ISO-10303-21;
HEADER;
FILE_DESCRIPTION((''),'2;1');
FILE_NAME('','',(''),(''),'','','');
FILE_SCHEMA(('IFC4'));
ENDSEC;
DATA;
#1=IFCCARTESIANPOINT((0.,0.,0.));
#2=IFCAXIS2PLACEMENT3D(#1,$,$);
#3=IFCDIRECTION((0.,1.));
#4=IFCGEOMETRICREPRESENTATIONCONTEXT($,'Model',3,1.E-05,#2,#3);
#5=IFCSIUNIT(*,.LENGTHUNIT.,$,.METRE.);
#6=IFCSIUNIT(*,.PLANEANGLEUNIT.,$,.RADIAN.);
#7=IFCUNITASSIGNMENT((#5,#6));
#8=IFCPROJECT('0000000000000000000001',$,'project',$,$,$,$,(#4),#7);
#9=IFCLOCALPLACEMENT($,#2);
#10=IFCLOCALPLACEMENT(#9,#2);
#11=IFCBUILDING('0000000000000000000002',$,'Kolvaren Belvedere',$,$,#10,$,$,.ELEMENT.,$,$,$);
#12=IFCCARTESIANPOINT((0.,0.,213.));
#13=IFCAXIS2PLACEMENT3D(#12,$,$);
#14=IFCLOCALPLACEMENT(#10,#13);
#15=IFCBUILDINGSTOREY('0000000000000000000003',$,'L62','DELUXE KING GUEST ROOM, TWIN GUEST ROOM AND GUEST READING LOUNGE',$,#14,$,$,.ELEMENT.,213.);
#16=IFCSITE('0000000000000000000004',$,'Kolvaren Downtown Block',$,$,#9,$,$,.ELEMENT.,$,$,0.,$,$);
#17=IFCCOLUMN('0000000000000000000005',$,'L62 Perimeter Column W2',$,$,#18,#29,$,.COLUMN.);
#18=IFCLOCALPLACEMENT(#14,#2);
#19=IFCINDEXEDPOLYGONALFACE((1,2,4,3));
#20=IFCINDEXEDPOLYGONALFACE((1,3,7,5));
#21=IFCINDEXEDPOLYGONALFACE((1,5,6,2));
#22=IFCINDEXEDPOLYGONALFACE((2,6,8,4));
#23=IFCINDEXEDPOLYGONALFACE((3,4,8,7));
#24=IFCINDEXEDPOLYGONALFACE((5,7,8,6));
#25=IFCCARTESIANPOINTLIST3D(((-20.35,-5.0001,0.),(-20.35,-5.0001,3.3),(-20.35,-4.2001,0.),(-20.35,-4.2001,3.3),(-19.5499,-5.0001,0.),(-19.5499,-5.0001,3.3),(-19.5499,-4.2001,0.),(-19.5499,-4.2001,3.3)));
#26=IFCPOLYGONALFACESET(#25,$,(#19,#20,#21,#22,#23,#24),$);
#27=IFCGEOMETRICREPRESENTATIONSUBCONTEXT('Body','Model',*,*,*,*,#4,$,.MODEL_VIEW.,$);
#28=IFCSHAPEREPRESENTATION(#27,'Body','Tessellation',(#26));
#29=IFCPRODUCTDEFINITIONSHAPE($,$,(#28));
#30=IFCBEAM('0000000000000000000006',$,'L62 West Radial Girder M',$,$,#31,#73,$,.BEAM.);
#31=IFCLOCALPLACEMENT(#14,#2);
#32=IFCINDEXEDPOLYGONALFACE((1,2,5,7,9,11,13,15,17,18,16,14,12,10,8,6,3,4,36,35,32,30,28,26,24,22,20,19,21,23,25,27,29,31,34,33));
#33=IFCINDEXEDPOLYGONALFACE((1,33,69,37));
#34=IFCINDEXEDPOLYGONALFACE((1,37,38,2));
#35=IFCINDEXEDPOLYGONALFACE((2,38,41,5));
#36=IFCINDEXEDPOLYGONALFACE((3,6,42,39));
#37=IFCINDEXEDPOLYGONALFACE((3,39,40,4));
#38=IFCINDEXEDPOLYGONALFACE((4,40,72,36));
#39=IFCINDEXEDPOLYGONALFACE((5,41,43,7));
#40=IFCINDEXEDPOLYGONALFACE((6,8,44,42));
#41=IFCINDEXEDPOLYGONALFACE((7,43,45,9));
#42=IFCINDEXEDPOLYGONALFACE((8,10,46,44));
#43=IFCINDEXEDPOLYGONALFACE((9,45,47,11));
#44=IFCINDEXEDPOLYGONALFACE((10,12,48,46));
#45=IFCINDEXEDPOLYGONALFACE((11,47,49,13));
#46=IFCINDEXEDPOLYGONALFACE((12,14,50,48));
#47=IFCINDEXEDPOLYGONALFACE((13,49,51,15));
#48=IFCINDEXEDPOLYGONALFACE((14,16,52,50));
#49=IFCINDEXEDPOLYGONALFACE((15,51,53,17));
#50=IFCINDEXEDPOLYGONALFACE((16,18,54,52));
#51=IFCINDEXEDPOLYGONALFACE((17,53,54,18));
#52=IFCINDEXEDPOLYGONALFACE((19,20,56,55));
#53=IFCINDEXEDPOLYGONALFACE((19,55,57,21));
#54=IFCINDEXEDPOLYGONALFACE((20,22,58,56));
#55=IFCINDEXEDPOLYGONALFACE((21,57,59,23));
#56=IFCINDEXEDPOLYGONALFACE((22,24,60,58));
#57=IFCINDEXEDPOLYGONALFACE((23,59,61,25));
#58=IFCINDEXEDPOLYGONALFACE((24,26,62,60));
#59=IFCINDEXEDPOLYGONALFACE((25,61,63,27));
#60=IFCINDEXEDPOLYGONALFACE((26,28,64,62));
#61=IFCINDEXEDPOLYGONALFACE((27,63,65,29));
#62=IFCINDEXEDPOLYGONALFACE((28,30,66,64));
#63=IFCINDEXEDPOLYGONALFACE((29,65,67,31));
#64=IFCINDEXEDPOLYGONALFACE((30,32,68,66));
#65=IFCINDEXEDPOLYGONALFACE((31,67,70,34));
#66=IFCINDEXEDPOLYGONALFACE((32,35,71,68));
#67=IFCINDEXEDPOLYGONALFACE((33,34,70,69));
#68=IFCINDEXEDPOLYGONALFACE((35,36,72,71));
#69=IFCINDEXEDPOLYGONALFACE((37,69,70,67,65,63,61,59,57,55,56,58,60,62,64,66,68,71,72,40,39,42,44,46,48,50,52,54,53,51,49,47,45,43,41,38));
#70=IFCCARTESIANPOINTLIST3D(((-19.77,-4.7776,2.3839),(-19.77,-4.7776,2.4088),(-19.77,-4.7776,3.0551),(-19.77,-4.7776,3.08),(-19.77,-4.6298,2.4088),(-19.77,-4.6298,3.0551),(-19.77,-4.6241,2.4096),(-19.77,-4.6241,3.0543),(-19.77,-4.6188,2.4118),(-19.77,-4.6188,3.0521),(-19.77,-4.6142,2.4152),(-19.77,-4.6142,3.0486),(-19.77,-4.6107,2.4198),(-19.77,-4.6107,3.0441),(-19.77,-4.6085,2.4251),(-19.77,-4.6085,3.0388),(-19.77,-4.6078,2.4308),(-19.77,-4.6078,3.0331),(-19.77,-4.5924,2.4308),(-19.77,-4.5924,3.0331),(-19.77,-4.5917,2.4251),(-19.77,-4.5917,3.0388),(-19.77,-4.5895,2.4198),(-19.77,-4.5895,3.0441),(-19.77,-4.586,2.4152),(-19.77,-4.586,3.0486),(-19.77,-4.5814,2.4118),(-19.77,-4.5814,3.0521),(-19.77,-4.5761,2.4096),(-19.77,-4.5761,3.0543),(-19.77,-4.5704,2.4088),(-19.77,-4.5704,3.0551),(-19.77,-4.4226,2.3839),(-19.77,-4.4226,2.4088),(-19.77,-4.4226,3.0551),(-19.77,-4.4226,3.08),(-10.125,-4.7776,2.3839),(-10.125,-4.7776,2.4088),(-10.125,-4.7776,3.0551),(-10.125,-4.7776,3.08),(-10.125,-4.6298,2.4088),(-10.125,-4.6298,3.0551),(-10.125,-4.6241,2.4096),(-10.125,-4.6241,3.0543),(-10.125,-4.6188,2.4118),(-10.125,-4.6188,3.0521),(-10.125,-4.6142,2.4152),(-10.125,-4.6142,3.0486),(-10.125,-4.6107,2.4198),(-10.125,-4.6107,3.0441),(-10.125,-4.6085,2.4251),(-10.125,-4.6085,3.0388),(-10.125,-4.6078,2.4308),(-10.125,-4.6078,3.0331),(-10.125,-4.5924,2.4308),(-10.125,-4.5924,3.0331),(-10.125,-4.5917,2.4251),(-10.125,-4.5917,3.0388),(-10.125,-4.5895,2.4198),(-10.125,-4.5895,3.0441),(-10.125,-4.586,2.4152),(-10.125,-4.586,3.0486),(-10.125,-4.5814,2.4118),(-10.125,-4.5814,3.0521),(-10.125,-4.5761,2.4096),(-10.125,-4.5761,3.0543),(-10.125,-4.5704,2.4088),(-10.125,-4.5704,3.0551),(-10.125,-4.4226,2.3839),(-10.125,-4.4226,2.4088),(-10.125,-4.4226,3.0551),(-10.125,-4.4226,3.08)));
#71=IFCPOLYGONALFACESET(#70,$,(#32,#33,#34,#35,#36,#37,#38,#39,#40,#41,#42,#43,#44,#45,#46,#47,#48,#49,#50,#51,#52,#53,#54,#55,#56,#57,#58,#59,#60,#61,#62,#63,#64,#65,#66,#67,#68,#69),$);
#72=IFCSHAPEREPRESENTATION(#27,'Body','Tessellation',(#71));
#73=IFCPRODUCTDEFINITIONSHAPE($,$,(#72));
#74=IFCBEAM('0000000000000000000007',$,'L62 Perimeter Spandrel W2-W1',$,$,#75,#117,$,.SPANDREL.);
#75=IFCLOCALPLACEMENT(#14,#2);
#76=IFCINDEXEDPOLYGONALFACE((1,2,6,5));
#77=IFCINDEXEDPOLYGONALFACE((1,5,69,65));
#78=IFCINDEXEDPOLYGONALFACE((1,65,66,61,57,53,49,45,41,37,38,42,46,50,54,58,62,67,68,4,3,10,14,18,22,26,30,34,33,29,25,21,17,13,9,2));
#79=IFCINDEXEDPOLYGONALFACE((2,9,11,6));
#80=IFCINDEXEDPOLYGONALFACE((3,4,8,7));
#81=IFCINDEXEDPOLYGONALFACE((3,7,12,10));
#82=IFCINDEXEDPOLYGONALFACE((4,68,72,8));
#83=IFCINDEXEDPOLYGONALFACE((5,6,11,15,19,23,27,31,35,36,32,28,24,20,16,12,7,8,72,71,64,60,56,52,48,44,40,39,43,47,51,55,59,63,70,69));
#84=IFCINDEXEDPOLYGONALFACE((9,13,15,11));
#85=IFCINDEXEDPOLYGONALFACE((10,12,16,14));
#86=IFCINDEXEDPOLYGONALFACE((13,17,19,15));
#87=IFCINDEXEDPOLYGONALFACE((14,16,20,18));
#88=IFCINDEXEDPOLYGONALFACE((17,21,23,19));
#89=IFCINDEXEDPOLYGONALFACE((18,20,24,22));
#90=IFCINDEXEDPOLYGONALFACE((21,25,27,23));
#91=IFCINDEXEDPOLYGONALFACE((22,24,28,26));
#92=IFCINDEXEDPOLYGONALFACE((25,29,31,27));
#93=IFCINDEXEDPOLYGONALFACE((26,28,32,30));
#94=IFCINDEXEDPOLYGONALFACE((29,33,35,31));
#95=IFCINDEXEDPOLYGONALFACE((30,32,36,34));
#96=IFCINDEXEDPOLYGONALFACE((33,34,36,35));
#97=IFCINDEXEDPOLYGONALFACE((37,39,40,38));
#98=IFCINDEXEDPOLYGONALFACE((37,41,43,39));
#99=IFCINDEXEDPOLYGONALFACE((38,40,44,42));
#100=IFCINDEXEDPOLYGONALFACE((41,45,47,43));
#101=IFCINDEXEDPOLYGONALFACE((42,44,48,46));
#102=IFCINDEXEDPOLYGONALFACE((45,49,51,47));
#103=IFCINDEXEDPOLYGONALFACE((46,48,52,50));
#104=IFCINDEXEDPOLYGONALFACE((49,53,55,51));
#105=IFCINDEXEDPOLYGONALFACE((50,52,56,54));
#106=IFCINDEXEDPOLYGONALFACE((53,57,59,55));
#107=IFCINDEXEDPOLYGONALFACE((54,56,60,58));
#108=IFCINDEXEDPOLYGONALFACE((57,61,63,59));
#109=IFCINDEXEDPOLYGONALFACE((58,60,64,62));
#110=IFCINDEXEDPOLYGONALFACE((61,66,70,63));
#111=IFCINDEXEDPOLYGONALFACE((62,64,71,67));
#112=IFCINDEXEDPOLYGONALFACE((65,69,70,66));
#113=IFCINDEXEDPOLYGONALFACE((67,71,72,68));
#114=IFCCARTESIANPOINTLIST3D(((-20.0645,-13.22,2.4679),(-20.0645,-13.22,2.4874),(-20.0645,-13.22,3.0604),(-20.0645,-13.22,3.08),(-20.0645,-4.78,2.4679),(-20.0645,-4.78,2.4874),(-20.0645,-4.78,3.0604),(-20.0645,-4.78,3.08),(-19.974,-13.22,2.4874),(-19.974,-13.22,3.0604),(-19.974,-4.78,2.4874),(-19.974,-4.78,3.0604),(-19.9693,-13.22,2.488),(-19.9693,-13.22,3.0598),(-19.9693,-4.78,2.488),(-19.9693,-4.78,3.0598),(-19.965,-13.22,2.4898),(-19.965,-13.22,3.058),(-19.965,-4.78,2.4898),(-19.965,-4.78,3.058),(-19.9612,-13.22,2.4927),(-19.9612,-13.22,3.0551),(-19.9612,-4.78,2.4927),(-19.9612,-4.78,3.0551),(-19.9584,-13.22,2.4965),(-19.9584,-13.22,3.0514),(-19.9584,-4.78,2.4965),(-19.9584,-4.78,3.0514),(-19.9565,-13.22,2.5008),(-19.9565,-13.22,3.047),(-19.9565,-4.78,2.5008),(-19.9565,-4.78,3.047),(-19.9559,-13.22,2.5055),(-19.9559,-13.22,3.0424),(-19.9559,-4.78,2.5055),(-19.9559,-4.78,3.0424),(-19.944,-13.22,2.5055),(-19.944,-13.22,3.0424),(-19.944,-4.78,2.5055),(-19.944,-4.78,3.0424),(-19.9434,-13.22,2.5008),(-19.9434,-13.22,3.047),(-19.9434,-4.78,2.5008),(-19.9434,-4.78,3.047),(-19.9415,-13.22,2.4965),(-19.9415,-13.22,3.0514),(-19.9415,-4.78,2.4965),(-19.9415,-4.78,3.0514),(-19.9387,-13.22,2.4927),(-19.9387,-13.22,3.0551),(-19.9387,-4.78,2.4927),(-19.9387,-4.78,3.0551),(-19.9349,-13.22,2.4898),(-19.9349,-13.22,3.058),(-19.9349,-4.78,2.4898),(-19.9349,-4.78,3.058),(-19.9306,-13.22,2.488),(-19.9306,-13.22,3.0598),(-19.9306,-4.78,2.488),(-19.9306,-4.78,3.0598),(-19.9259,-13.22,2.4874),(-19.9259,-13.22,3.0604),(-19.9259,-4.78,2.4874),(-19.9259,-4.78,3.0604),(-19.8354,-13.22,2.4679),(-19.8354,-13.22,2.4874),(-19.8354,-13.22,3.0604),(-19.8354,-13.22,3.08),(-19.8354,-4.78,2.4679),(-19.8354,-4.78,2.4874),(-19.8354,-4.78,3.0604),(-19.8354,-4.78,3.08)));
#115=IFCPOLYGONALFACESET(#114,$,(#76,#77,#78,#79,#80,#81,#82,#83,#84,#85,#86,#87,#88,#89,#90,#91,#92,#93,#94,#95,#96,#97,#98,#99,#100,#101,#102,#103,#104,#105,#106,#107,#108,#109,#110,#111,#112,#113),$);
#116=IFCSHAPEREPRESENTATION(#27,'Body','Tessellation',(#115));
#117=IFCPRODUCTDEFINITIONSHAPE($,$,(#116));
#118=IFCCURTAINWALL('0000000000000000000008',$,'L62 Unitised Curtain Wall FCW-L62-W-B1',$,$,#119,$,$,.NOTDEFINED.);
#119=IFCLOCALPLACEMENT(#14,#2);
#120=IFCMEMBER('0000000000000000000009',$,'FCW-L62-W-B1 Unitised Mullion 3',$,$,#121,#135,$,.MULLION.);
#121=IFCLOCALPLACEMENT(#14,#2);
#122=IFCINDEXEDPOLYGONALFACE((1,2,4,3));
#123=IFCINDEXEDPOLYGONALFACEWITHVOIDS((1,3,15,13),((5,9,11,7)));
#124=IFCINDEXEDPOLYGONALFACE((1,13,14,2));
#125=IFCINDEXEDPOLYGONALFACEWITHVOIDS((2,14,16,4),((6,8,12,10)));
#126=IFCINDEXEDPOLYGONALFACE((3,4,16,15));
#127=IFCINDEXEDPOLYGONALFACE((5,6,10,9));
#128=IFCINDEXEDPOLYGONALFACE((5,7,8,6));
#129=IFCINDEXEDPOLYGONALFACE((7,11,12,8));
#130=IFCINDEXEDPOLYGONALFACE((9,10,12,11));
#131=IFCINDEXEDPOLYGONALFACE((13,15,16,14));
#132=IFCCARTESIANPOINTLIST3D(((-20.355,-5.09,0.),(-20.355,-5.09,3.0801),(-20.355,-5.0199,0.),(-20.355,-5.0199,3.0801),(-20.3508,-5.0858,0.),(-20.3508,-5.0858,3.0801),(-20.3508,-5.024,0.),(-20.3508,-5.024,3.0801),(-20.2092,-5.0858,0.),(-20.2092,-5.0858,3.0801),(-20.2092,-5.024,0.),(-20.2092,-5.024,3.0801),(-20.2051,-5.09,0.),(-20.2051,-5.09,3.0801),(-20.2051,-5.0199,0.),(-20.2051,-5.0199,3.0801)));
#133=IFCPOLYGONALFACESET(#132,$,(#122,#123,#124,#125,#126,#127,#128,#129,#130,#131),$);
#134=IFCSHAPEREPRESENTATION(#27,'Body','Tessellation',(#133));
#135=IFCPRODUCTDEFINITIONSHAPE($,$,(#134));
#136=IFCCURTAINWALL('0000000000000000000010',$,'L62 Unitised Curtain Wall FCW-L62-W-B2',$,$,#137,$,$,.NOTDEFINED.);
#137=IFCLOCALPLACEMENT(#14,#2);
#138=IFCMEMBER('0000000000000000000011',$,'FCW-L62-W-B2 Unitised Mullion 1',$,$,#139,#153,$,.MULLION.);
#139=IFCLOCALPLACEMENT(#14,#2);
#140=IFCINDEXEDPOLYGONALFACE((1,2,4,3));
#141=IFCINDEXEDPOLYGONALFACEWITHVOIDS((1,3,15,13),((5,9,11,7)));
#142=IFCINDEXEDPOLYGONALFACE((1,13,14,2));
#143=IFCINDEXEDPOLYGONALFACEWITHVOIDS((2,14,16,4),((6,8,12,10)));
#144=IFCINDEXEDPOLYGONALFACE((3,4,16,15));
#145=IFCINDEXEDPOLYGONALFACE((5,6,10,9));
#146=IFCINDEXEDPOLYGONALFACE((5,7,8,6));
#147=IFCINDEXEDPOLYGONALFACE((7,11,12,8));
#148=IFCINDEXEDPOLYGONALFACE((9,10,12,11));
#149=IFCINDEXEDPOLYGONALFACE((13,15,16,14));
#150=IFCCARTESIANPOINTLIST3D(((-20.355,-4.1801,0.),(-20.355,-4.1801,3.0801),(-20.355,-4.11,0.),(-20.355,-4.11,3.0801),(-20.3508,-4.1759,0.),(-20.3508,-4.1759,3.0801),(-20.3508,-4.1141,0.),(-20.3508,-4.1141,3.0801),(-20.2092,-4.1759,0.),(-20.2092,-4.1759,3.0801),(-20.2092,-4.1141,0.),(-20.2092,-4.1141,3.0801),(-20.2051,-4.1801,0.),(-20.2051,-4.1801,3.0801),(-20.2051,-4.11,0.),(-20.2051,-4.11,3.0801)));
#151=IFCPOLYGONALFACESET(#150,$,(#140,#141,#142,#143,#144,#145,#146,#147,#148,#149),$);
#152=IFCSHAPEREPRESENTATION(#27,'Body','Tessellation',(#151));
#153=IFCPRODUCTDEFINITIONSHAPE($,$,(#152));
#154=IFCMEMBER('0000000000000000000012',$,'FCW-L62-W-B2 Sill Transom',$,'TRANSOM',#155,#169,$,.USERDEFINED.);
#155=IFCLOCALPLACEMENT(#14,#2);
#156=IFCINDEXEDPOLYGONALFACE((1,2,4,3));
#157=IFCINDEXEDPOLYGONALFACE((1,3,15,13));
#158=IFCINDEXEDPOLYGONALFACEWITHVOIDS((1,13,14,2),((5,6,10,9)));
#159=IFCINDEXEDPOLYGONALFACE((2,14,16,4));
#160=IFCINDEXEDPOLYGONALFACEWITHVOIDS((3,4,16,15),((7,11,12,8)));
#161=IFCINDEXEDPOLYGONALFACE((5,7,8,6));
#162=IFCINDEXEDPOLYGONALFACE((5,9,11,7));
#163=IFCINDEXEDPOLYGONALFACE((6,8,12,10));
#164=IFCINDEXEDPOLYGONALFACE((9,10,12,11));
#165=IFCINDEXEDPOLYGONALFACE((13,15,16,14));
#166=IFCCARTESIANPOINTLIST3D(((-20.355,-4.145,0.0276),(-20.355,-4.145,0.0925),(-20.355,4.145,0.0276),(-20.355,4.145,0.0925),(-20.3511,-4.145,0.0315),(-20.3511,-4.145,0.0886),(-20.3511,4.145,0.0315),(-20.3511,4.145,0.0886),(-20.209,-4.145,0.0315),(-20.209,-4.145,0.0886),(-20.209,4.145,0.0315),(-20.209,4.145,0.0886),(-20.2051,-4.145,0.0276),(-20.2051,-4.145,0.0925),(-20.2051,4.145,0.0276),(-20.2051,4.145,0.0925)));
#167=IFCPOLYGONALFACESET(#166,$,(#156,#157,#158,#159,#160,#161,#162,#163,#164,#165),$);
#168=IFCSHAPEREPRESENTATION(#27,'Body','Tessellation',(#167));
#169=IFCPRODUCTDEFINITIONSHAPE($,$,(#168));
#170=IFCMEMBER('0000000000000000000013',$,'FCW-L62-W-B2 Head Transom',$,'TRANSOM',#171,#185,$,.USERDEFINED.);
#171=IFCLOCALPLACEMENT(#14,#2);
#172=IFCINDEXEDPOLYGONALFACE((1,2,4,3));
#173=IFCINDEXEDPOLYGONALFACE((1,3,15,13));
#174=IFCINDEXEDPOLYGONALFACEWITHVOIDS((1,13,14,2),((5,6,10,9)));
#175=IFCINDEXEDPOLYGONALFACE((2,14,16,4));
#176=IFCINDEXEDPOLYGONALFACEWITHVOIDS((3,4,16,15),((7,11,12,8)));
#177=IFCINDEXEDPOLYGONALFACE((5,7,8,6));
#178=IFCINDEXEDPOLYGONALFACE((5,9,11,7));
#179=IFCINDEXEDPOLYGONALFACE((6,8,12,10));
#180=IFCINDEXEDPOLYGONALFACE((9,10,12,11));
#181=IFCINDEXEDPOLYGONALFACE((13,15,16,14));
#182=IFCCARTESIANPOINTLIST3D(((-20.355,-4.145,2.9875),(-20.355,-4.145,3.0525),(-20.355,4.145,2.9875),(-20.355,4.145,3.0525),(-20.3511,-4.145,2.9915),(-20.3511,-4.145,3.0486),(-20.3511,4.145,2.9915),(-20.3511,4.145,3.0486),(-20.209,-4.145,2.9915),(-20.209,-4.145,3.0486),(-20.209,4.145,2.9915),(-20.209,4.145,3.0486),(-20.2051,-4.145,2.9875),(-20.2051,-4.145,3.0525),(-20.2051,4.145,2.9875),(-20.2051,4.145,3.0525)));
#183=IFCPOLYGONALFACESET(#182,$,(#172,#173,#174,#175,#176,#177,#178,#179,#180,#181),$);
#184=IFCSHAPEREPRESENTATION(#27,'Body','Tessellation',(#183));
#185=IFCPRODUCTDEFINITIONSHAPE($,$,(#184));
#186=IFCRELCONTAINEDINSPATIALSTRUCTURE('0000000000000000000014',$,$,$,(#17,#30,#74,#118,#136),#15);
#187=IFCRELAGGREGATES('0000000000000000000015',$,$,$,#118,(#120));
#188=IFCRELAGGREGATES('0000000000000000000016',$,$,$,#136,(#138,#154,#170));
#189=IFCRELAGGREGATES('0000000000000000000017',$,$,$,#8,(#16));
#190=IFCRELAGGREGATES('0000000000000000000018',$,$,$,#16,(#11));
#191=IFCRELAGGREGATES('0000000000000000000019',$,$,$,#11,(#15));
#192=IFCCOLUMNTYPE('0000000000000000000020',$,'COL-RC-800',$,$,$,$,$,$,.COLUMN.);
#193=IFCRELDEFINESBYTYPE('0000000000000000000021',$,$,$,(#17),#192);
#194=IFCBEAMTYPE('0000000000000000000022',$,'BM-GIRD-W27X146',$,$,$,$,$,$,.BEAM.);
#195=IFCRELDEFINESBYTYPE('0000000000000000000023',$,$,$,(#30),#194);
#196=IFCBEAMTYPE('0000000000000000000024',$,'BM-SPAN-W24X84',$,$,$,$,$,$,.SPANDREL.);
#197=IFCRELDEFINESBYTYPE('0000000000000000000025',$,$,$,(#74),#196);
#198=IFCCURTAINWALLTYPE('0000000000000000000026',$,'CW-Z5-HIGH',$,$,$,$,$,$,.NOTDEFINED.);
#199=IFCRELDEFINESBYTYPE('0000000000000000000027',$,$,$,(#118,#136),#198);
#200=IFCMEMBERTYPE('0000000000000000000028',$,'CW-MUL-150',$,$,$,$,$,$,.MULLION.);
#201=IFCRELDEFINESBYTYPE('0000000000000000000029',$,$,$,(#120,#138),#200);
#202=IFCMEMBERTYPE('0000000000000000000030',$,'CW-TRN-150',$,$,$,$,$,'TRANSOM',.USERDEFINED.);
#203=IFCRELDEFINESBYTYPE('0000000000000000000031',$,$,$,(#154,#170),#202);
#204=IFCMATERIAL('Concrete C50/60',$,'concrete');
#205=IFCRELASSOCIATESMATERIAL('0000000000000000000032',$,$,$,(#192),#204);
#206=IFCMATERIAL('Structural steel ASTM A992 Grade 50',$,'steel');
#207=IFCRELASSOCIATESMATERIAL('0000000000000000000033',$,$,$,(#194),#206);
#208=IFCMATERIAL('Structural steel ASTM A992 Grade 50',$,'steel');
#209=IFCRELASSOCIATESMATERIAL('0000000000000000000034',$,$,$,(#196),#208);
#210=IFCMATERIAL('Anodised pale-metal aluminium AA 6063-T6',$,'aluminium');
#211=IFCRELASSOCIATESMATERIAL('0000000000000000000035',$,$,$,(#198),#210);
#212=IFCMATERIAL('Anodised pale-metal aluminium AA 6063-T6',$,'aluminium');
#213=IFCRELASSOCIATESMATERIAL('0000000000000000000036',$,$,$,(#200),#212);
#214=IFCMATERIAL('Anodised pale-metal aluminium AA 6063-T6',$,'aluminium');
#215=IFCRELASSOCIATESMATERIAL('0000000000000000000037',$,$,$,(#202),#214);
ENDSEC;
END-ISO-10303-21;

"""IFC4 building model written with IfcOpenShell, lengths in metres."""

from ifc_helpers import new_model, si_unit, direction, frame, origin, origin_2d, place, context, subcontext, project, spatial, rectangle, hollow_rectangle, i_section, extrude, material, material_profile, profile_set, type_object, element, aggregate, save


model = new_model("IFC4")

# Units and contexts
model_context = context("Model", 3, precision=1e-05, world=origin(), true_north=direction((0.0, 1.0)))
body_context = subcontext(model_context, "Body", "Model", "MODEL_VIEW")
ifc_project = project(units=[si_unit("LENGTHUNIT", "METRE"), si_unit("PLANEANGLEUNIT", "RADIAN")], contexts=[model_context])

# Site, building, storey
site_placement = place(None, origin())
site = spatial("IfcSite", under=ifc_project, at=site_placement, Name="Kolvaren Downtown Block", CompositionType="ELEMENT", RefElevation=0.0)
building_placement = place(site_placement, origin())
building = spatial("IfcBuilding", under=site, at=building_placement, Name="Kolvaren Belvedere", CompositionType="ELEMENT")
storey_placement = place(building_placement, frame((0.0, 0.0, 213.0)))
storey = spatial("IfcBuildingStorey", under=building, at=storey_placement, Name="L62", Description="DELUXE KING GUEST ROOM, TWIN GUEST ROOM AND GUEST READING LOUNGE", CompositionType="ELEMENT", Elevation=213.0)

# Column
ifc_material_1 = material(Name="Concrete C50/60", Category="concrete")
ifc_material_profile_1 = material_profile(ifc_material_1, rectangle(XDim=0.8, YDim=0.8, at=origin_2d()), Name="RC 800X800")
ifc_profile_set_1 = profile_set([ifc_material_profile_1], Name="Concrete C50/60")
column_type = type_object("IfcColumnType", Name="COL-RC-800", PredefinedType="COLUMN", material=ifc_profile_set_1)
column_placement = place(storey_placement, frame((-19.95, -4.6001, 0.0), z_axis=(0.0, 0.0, 1.0), x_axis=(1.0, 0.0, 0.0)))
element("IfcColumn", 1, at=column_placement, inside=storey, type_object=column_type, Name="L62 Perimeter Column W2", PredefinedType="COLUMN", context=body_context, shape_type="SweptSolid", body=[
    extrude(rectangle(XDim=0.8, YDim=0.8, at=origin_2d()), origin(), (0.0, 0.0, 1.0), 3.3),
])

# Beams
ifc_material_2 = material(Name="Structural steel ASTM A992 Grade 50", Category="steel")
ifc_material_profile_2 = material_profile(ifc_material_2, i_section(OverallWidth=0.355, OverallDepth=0.696, WebThickness=0.0154, FlangeThickness=0.0249, FilletRadius=0.022, at=origin_2d()), Name="W27X146")
ifc_profile_set_2 = profile_set([ifc_material_profile_2], Name="Structural steel ASTM A992 Grade 50")
beam_type_1 = type_object("IfcBeamType", Name="BM-GIRD-W27X146", PredefinedType="BEAM", material=ifc_profile_set_2)
beam_1_placement = place(storey_placement, frame((-10.125, -4.6001, 2.7319), z_axis=(-1.0, 0.0, 0.0), x_axis=(0.0, -1.0, 0.0)))
element("IfcBeam", 2, at=beam_1_placement, inside=storey, type_object=beam_type_1, Name="L62 West Radial Girder M", PredefinedType="BEAM", context=body_context, shape_type="SweptSolid", body=[
    extrude(i_section(OverallWidth=0.355, OverallDepth=0.696, WebThickness=0.0154, FlangeThickness=0.0249, FilletRadius=0.022, at=origin_2d()), origin(), (0.0, 0.0, 1.0), 9.645),
])
ifc_material_3 = material(Name="Structural steel ASTM A992 Grade 50", Category="steel")
ifc_material_profile_3 = material_profile(ifc_material_3, i_section(OverallWidth=0.229, OverallDepth=0.6121, WebThickness=0.012, FlangeThickness=0.0195, FilletRadius=0.0181, at=origin_2d()), Name="W24X84")
ifc_profile_set_3 = profile_set([ifc_material_profile_3], Name="Structural steel ASTM A992 Grade 50")
beam_type_2 = type_object("IfcBeamType", Name="BM-SPAN-W24X84", PredefinedType="SPANDREL", material=ifc_profile_set_3)
beam_2_placement = place(storey_placement, frame((-19.95, -4.78, 2.7739), z_axis=(0.0, -1.0, 0.0), x_axis=(1.0, 0.0, 0.0)))
element("IfcBeam", 3, at=beam_2_placement, inside=storey, type_object=beam_type_2, Name="L62 Perimeter Spandrel W2-W1", PredefinedType="SPANDREL", context=body_context, shape_type="SweptSolid", body=[
    extrude(i_section(OverallWidth=0.229, OverallDepth=0.6121, WebThickness=0.012, FlangeThickness=0.0195, FilletRadius=0.0181, at=origin_2d()), origin(), (0.0, 0.0, 1.0), 8.4399),
])

# Curtain wall, member
ifc_material_4 = material(Name="Anodised pale-metal aluminium AA 6063-T6", Category="aluminium")
curtain_wall_type = type_object("IfcCurtainWallType", Name="CW-Z5-HIGH", PredefinedType="NOTDEFINED", material=ifc_material_4)
curtain_wall_1_placement = place(storey_placement, origin())
curtain_wall_1 = element("IfcCurtainWall", 4, at=curtain_wall_1_placement, inside=storey, type_object=curtain_wall_type, Name="L62 Unitised Curtain Wall FCW-L62-W-B1", PredefinedType="NOTDEFINED")
ifc_material_5 = material(Name="Anodised pale-metal aluminium AA 6063-T6", Category="aluminium")
ifc_material_profile_4 = material_profile(ifc_material_5, hollow_rectangle(XDim=0.0701, YDim=0.1499, WallThickness=0.0042, at=origin_2d()), Name="ALU-MUL-150X70")
ifc_profile_set_4 = profile_set([ifc_material_profile_4], Name="Anodised pale-metal aluminium AA 6063-T6")
member_type_1 = type_object("IfcMemberType", Name="CW-MUL-150", PredefinedType="MULLION", material=ifc_profile_set_4)
member_1_placement = place(storey_placement, frame((-20.28, -5.0549, 0.0), z_axis=(0.0, 0.0, 1.0), x_axis=(0.0, 1.0, 0.0)))
member_1 = element("IfcMember", 5, at=member_1_placement, type_object=member_type_1, Name="FCW-L62-W-B1 Unitised Mullion 3", PredefinedType="MULLION", context=body_context, shape_type="SweptSolid", body=[
    extrude(hollow_rectangle(XDim=0.0701, YDim=0.1499, WallThickness=0.0042, at=origin_2d()), origin(), (0.0, 0.0, 1.0), 3.0801),
])
aggregate(curtain_wall_1, [member_1])

# Curtain wall, members
curtain_wall_2_placement = place(storey_placement, origin())
curtain_wall_2 = element("IfcCurtainWall", 6, at=curtain_wall_2_placement, inside=storey, type_object=curtain_wall_type, Name="L62 Unitised Curtain Wall FCW-L62-W-B2", PredefinedType="NOTDEFINED")
member_2_placement = place(storey_placement, frame((-20.28, -4.145, 0.0), z_axis=(0.0, 0.0, 1.0), x_axis=(0.0, 1.0, 0.0)))
member_2 = element("IfcMember", 7, at=member_2_placement, type_object=member_type_1, Name="FCW-L62-W-B2 Unitised Mullion 1", PredefinedType="MULLION", context=body_context, shape_type="SweptSolid", body=[
    extrude(hollow_rectangle(XDim=0.0701, YDim=0.1499, WallThickness=0.0042, at=origin_2d()), origin(), (0.0, 0.0, 1.0), 3.0801),
])
ifc_material_6 = material(Name="Anodised pale-metal aluminium AA 6063-T6", Category="aluminium")
ifc_material_profile_5 = material_profile(ifc_material_6, hollow_rectangle(XDim=0.0649, YDim=0.1499, WallThickness=0.0039, at=origin_2d()), Name="ALU-TRN-150X65")
ifc_profile_set_5 = profile_set([ifc_material_profile_5], Name="Anodised pale-metal aluminium AA 6063-T6")
member_type_2 = type_object("IfcMemberType", Name="CW-TRN-150", ElementType="TRANSOM", PredefinedType="USERDEFINED", material=ifc_profile_set_5)
member_3_placement = place(storey_placement, frame((-20.28, -4.145, 0.0601), z_axis=(0.0, 1.0, 0.0), x_axis=(0.0, 0.0, 1.0)))
member_3 = element("IfcMember", 8, at=member_3_placement, type_object=member_type_2, Name="FCW-L62-W-B2 Sill Transom", ObjectType="TRANSOM", PredefinedType="USERDEFINED", context=body_context, shape_type="SweptSolid", body=[
    extrude(hollow_rectangle(XDim=0.0649, YDim=0.1499, WallThickness=0.0039, at=origin_2d()), origin(), (0.0, 0.0, 1.0), 8.29),
])
member_4_placement = place(storey_placement, frame((-20.28, -4.145, 3.02), z_axis=(0.0, 1.0, 0.0), x_axis=(0.0, 0.0, 1.0)))
member_4 = element("IfcMember", 9, at=member_4_placement, type_object=member_type_2, Name="FCW-L62-W-B2 Head Transom", ObjectType="TRANSOM", PredefinedType="USERDEFINED", context=body_context, shape_type="SweptSolid", body=[
    extrude(hollow_rectangle(XDim=0.0649, YDim=0.1499, WallThickness=0.0039, at=origin_2d()), origin(), (0.0, 0.0, 1.0), 8.29),
])

aggregate(curtain_wall_2, [member_2, member_3, member_4])

save(model, "model.ifc")
